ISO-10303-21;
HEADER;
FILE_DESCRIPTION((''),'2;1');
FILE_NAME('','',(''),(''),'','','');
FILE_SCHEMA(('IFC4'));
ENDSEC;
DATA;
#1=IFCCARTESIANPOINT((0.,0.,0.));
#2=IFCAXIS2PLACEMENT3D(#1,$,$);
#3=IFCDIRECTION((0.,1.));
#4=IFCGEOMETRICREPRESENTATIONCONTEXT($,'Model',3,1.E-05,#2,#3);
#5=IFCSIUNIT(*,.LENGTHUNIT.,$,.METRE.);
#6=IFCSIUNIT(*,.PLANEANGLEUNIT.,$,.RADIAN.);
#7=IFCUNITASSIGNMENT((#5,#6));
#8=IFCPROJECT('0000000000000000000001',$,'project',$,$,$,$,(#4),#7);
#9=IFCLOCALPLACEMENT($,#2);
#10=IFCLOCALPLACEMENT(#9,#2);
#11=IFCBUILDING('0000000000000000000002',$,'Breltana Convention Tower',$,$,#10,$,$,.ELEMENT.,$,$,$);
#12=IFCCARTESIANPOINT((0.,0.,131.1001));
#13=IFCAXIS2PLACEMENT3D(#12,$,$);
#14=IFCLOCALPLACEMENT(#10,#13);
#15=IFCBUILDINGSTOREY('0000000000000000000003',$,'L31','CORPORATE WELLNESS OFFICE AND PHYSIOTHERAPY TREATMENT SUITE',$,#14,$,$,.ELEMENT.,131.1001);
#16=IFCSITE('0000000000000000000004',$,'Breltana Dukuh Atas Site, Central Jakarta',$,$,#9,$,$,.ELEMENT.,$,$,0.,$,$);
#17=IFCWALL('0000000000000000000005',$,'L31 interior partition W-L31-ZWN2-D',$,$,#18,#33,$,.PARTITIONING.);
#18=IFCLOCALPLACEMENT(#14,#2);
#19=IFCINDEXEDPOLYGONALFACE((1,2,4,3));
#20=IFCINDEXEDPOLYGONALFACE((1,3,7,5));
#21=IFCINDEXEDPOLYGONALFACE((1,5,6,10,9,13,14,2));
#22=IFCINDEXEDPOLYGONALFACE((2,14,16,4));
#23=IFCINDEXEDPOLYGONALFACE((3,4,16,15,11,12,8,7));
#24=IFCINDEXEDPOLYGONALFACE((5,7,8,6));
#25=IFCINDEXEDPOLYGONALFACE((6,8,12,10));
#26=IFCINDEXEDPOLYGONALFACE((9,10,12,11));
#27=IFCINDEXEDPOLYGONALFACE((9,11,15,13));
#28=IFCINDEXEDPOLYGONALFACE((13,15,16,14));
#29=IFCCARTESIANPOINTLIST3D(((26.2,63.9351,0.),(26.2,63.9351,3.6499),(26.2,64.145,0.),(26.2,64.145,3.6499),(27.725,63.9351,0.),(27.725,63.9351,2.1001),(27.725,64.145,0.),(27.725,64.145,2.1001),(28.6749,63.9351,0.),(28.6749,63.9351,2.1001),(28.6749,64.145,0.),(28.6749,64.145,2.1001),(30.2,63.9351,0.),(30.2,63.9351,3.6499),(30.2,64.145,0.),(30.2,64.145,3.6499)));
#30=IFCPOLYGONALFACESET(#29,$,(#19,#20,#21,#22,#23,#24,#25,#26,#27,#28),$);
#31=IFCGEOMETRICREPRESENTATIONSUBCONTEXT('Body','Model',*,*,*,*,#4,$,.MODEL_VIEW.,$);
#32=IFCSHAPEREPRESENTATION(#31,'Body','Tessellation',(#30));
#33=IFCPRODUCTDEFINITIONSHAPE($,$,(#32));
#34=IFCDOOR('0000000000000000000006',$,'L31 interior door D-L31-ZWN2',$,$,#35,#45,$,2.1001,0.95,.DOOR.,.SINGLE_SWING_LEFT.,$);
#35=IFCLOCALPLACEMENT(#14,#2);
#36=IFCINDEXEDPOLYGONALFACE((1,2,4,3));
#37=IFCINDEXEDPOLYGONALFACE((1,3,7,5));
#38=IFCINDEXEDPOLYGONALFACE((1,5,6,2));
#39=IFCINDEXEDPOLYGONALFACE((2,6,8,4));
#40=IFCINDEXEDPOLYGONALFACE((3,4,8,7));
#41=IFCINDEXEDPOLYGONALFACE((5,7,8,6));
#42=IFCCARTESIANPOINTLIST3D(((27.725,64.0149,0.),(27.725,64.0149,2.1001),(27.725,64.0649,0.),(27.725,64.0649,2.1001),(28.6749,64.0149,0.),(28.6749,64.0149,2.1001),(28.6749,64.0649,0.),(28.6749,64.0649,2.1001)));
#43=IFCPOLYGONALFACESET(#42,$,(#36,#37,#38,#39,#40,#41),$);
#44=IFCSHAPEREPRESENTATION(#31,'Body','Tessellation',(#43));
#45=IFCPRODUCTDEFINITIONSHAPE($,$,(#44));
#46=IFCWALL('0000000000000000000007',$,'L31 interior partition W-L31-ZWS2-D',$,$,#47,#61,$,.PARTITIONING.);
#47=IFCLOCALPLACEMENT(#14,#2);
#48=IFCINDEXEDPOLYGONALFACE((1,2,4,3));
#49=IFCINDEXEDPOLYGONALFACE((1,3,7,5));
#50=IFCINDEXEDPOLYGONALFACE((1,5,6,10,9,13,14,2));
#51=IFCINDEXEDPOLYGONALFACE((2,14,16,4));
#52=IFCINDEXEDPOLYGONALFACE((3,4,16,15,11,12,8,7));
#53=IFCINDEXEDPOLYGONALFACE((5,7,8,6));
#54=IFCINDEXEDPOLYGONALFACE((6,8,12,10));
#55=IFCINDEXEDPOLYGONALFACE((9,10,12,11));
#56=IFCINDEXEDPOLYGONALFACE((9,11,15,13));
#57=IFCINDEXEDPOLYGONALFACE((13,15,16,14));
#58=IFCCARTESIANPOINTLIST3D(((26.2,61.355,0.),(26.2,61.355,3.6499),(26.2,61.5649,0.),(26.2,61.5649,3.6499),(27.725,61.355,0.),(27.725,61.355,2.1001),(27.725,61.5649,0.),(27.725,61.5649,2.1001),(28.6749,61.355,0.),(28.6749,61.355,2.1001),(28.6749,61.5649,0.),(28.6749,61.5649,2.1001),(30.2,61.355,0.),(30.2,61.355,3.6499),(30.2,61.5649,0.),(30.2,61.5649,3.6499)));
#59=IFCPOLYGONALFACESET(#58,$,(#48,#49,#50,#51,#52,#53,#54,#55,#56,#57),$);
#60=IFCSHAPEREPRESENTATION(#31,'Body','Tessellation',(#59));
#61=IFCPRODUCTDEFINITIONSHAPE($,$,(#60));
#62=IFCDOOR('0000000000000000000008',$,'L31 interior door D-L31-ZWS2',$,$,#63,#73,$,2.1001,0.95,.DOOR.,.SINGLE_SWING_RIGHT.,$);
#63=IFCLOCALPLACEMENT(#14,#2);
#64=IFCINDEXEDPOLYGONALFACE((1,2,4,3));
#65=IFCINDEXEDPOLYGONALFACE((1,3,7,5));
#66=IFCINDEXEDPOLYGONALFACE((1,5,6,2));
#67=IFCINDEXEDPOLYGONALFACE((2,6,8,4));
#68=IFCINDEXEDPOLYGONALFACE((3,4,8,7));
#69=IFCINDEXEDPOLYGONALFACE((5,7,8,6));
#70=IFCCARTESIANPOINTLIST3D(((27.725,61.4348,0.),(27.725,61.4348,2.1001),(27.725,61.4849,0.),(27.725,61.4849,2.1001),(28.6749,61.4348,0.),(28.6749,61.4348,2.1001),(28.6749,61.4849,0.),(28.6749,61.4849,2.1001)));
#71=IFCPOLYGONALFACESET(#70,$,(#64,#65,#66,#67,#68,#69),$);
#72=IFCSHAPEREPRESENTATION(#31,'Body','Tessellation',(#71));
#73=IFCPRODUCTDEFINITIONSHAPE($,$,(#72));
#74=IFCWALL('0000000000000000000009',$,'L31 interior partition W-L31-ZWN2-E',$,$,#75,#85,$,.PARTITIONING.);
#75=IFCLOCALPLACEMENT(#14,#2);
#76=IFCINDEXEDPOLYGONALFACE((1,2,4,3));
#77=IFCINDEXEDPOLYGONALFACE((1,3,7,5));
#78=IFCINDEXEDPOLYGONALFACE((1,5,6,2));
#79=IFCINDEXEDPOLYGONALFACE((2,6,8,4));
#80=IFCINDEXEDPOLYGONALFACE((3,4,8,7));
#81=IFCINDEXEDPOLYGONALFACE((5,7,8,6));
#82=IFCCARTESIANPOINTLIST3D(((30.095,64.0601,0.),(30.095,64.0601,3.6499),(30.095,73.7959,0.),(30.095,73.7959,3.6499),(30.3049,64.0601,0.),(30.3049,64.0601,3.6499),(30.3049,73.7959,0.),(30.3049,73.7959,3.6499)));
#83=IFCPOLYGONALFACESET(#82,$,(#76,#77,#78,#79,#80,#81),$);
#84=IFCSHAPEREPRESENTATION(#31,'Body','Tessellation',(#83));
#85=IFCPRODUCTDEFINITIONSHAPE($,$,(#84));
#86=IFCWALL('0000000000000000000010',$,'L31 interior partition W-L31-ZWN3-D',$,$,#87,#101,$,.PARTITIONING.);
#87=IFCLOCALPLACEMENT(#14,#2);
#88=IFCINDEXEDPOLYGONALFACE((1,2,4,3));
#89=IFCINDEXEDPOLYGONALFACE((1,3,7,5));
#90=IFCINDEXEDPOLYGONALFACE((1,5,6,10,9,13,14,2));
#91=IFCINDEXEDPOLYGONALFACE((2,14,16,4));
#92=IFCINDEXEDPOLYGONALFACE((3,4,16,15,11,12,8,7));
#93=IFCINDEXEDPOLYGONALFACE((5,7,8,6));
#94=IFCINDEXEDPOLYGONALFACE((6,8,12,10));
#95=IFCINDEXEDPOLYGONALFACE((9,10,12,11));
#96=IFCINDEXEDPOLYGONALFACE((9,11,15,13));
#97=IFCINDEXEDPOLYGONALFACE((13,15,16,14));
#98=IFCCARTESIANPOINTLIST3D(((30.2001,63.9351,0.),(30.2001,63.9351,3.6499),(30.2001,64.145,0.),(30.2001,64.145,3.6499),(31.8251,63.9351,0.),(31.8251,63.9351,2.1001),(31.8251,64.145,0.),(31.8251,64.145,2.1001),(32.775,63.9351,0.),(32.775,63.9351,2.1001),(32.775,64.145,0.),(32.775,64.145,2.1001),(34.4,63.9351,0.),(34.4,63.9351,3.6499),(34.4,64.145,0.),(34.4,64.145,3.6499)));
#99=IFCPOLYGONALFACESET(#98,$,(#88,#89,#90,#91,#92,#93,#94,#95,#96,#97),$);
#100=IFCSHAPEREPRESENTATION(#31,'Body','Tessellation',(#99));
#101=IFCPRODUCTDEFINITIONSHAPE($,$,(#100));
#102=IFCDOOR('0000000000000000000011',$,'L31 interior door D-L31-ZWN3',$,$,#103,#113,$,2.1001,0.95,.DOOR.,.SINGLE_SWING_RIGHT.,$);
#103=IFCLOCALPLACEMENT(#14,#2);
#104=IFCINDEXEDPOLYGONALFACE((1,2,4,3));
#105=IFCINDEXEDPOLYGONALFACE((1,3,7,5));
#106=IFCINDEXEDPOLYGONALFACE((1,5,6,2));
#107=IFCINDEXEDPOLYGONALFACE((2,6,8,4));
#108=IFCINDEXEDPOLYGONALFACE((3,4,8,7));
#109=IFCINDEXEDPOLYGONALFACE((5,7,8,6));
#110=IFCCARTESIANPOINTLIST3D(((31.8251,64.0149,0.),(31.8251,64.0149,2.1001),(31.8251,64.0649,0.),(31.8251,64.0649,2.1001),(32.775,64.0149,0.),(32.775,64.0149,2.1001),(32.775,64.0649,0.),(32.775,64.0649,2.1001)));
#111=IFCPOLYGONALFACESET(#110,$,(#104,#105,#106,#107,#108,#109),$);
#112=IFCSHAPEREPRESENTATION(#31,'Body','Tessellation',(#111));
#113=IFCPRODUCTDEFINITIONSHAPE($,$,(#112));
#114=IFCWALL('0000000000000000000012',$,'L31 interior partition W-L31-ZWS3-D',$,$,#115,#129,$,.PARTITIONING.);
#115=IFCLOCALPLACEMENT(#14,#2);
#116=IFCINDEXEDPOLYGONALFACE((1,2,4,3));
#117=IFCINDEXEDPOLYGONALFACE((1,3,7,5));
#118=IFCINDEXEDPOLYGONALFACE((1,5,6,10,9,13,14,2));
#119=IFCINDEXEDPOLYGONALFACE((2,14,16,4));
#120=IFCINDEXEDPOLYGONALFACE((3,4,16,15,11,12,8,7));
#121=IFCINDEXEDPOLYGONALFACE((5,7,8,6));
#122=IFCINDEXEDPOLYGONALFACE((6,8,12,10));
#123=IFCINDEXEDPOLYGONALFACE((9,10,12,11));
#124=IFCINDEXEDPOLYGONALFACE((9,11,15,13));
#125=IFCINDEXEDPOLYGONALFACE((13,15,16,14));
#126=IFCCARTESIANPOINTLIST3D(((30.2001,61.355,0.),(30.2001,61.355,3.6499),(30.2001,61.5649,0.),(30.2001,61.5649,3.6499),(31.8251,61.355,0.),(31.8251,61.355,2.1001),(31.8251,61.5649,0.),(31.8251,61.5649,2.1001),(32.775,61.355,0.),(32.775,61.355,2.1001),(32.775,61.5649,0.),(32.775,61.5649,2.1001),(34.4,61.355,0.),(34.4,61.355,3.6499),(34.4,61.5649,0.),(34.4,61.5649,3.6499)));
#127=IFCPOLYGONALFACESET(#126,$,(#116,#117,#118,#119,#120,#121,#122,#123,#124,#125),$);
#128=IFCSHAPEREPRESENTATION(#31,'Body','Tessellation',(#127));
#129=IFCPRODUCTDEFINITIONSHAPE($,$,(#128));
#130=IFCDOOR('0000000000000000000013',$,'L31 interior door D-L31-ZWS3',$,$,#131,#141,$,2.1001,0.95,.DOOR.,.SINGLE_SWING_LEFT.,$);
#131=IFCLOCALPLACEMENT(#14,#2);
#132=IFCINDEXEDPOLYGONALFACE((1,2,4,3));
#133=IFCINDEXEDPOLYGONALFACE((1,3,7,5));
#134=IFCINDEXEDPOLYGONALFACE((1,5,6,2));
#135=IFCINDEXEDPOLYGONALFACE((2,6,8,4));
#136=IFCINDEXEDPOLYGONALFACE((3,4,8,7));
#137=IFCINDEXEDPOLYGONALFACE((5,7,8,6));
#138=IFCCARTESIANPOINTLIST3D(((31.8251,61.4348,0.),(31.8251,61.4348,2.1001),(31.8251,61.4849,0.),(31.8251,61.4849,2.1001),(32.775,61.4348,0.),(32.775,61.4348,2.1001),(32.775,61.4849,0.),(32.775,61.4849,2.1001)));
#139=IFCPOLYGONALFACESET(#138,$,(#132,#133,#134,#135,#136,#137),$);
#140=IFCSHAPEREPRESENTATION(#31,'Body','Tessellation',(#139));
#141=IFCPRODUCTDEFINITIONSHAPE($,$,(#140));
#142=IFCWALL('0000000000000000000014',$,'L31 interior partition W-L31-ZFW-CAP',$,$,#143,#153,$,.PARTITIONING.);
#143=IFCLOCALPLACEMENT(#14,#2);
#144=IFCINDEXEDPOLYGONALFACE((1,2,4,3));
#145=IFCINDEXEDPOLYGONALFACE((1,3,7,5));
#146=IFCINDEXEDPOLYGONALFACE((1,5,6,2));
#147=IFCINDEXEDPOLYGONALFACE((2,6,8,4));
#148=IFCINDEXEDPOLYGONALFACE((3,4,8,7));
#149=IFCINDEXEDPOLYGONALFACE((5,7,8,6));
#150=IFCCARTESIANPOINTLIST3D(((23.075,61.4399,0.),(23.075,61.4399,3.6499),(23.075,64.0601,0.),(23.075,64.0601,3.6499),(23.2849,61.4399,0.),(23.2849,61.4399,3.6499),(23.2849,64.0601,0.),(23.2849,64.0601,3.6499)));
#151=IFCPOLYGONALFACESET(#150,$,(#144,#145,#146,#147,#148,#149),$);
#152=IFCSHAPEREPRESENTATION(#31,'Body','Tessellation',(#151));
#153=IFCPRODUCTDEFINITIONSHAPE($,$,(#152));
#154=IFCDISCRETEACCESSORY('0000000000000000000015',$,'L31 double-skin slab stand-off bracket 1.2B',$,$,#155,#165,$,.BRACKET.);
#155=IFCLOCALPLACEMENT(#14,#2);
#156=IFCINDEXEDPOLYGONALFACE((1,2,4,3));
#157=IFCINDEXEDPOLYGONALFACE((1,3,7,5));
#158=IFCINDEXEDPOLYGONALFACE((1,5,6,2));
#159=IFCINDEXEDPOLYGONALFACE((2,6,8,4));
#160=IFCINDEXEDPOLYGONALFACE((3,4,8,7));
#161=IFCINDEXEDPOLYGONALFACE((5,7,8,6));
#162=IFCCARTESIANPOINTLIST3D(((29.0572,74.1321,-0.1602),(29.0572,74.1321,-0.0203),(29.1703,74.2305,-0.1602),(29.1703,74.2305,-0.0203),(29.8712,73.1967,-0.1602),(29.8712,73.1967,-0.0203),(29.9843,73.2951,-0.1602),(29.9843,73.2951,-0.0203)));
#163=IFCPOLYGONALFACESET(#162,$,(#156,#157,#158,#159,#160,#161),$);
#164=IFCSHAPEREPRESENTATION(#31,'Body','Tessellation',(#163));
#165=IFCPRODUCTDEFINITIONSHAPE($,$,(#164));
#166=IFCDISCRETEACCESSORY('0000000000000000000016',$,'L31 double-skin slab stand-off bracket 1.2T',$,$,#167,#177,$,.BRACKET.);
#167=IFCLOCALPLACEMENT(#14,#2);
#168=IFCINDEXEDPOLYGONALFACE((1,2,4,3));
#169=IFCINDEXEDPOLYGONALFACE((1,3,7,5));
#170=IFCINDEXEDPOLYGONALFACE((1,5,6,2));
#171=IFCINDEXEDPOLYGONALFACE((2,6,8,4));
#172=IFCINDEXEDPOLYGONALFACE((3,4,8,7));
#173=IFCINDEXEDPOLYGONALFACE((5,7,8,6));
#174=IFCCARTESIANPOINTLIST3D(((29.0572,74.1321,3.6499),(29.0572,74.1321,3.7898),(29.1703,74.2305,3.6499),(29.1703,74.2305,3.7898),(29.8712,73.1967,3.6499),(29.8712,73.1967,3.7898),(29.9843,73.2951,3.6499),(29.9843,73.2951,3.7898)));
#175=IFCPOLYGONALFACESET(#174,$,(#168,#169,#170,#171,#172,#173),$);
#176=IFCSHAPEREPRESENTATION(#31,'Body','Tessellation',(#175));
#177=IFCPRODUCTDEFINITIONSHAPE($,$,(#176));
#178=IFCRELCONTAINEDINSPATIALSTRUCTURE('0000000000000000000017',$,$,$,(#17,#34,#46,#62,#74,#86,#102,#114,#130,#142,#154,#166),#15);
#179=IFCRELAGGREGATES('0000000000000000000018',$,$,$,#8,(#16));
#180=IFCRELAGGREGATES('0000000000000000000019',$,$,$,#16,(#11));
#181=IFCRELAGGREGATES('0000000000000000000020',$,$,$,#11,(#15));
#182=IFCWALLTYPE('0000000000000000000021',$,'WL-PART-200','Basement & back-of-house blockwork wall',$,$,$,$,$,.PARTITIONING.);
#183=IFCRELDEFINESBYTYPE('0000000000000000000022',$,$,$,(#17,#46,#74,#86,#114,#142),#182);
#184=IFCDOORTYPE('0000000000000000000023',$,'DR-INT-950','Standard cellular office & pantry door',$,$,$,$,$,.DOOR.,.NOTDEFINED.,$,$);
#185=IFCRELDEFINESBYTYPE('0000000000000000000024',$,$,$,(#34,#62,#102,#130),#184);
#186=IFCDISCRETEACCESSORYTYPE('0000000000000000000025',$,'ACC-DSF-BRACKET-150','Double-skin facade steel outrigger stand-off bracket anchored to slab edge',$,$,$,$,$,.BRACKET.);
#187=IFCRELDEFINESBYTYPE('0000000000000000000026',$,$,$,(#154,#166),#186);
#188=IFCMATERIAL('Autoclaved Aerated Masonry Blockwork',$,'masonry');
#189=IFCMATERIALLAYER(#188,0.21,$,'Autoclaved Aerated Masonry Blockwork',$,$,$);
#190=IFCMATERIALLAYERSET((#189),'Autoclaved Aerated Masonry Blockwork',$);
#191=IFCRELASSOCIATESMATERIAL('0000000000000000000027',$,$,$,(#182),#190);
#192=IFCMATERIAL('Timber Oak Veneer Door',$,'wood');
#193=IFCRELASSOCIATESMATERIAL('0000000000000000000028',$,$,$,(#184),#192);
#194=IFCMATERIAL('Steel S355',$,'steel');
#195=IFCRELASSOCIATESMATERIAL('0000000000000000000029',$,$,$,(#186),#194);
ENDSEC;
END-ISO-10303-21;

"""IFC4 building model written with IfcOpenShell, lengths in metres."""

from ifc_helpers import new_model, si_unit, direction, frame, frame_2d, origin, origin_2d, place, context, subcontext, project, spatial, rectangle, extrude, source, transform, mapped, material, layer, layer_set, type_object, type_shapes, element, fill, save


model = new_model("IFC4")

# Units and contexts
model_context = context("Model", 3, precision=1e-05, world=origin(), true_north=direction((0.0, 1.0)))
body_context = subcontext(model_context, "Body", "Model", "MODEL_VIEW")
ifc_project = project(units=[si_unit("LENGTHUNIT", "METRE"), si_unit("PLANEANGLEUNIT", "RADIAN")], contexts=[model_context])

# Site, building, storey
site_placement = place(None, origin())
site = spatial("IfcSite", under=ifc_project, at=site_placement, Name="Breltana Dukuh Atas Site, Central Jakarta", CompositionType="ELEMENT", RefElevation=0.0)
building_placement = place(site_placement, origin())
building = spatial("IfcBuilding", under=site, at=building_placement, Name="Breltana Convention Tower", CompositionType="ELEMENT")
storey_placement = place(building_placement, frame((0.0, 0.0, 131.1001)))
storey = spatial("IfcBuildingStorey", under=building, at=storey_placement, Name="L31", Description="CORPORATE WELLNESS OFFICE AND PHYSIOTHERAPY TREATMENT SUITE", CompositionType="ELEMENT", Elevation=131.1001)

# Shared definitions
ifc_material_1 = material(Name="Autoclaved Aerated Masonry Blockwork", Category="masonry")
ifc_layer_1 = layer(ifc_material_1, 0.21, Name="Autoclaved Aerated Masonry Blockwork")
ifc_layer_set_1 = layer_set([ifc_layer_1], Name="Autoclaved Aerated Masonry Blockwork")
wall_type_1 = type_object("IfcWallType", Name="WL-PART-200", Description="Basement & back-of-house blockwork wall", PredefinedType="PARTITIONING", material=ifc_layer_set_1)
ifc_material_2 = material(Name="Timber Oak Veneer Door", Category="wood")
door_type = type_object("IfcDoorType", Name="DR-INT-950", Description="Standard cellular office & pantry door", OperationType="NOTDEFINED", PredefinedType="DOOR", material=ifc_material_2)
shared_shape_1 = source(origin(), body_context, "Body", "SweptSolid", [
    extrude(rectangle(XDim=0.95, YDim=2.1001, at=frame_2d((0.4751, 1.05))), frame((0.0, 0.0249, 0.0), z_axis=(0.0, -1.0, 0.0), x_axis=(1.0, 0.0, 0.0)), (0.0, 0.0, 1.0), 0.05),
])
type_shapes(door_type, [shared_shape_1])

# Walls, openings, doors
shared_shape_2 = source(origin(), body_context, "Body", "SweptSolid", [
    extrude(rectangle(XDim=4.0, YDim=0.21, at=frame_2d((2.0, 0.0))), origin(), (0.0, 0.0, 1.0), 3.6499),
])
wall_1_placement = place(storey_placement, frame((26.2, 64.04, 0.0), z_axis=(0.0, 0.0, 1.0), x_axis=(1.0, 0.0, 0.0)))
wall_1 = element("IfcWall", 1, at=wall_1_placement, inside=storey, type_object=wall_type_1, Name="L31 interior partition W-L31-ZWN2-D", PredefinedType="PARTITIONING", context=body_context, shape_type="MappedRepresentation", body=[
    mapped(shared_shape_2, transform((0.0, 0.0, 0.0), scale=1.0)),
])
opening_1_placement = place(wall_1_placement, frame((1.5249, 0.0, 0.0)))
opening_1 = element("IfcOpeningElement", 2, at=opening_1_placement, cuts=wall_1, PredefinedType="OPENING", context=body_context, shape_type="SweptSolid", body=[
    extrude(rectangle(XDim=0.95, YDim=2.1001, at=frame_2d((0.4751, 1.05))), frame((0.0, 0.115, 0.0), z_axis=(0.0, -1.0, 0.0), x_axis=(1.0, 0.0, 0.0)), (0.0, 0.0, 1.0), 0.23),
])
door_1_placement = place(opening_1_placement, origin())
door_1 = element("IfcDoor", 3, at=door_1_placement, inside=storey, type_object=door_type, Name="L31 interior door D-L31-ZWN2", OperationType="SINGLE_SWING_LEFT", OverallHeight=2.1001, OverallWidth=0.95, PredefinedType="DOOR", context=body_context, shape_type="MappedRepresentation", body=[
    mapped(shared_shape_1, transform((0.0, 0.0, 0.0), scale=1.0)),
])
fill(opening_1, door_1)
wall_2_placement = place(storey_placement, frame((26.2, 61.46, 0.0), z_axis=(0.0, 0.0, 1.0), x_axis=(1.0, 0.0, 0.0)))
wall_2 = element("IfcWall", 4, at=wall_2_placement, inside=storey, type_object=wall_type_1, Name="L31 interior partition W-L31-ZWS2-D", PredefinedType="PARTITIONING", context=body_context, shape_type="MappedRepresentation", body=[
    mapped(shared_shape_2, transform((0.0, 0.0, 0.0), scale=1.0)),
])
opening_2_placement = place(wall_2_placement, frame((1.5249, 0.0, 0.0)))
opening_2 = element("IfcOpeningElement", 5, at=opening_2_placement, cuts=wall_2, PredefinedType="OPENING", context=body_context, shape_type="SweptSolid", body=[
    extrude(rectangle(XDim=0.95, YDim=2.1001, at=frame_2d((0.4751, 1.05))), frame((0.0, 0.115, 0.0), z_axis=(0.0, -1.0, 0.0), x_axis=(1.0, 0.0, 0.0)), (0.0, 0.0, 1.0), 0.23),
])
door_2_placement = place(opening_2_placement, origin())
door_2 = element("IfcDoor", 6, at=door_2_placement, inside=storey, type_object=door_type, Name="L31 interior door D-L31-ZWS2", OperationType="SINGLE_SWING_RIGHT", OverallHeight=2.1001, OverallWidth=0.95, PredefinedType="DOOR", context=body_context, shape_type="MappedRepresentation", body=[
    mapped(shared_shape_1, transform((0.0, 0.0, 0.0), scale=1.0)),
])
fill(opening_2, door_2)

# Wall
shared_shape_3 = source(origin(), body_context, "Body", "SweptSolid", [
    extrude(rectangle(XDim=9.7358, YDim=0.21, at=frame_2d((4.8679, 0.0))), origin(), (0.0, 0.0, 1.0), 3.6499),
])
wall_3_placement = place(storey_placement, frame((30.2, 64.0601, 0.0), z_axis=(0.0, 0.0, 1.0), x_axis=(0.0, 1.0, 0.0)))
element("IfcWall", 7, at=wall_3_placement, inside=storey, type_object=wall_type_1, Name="L31 interior partition W-L31-ZWN2-E", PredefinedType="PARTITIONING", context=body_context, shape_type="MappedRepresentation", body=[
    mapped(shared_shape_3, transform((0.0, 0.0, 0.0), scale=1.0)),
])

# Walls, openings, doors
shared_shape_4 = source(origin(), body_context, "Body", "SweptSolid", [
    extrude(rectangle(XDim=4.2, YDim=0.21, at=frame_2d((2.1001, 0.0))), origin(), (0.0, 0.0, 1.0), 3.6499),
])
wall_4_placement = place(storey_placement, frame((30.2, 64.04, 0.0), z_axis=(0.0, 0.0, 1.0), x_axis=(1.0, 0.0, 0.0)))
wall_4 = element("IfcWall", 8, at=wall_4_placement, inside=storey, type_object=wall_type_1, Name="L31 interior partition W-L31-ZWN3-D", PredefinedType="PARTITIONING", context=body_context, shape_type="MappedRepresentation", body=[
    mapped(shared_shape_4, transform((0.0, 0.0, 0.0), scale=1.0)),
])
opening_3_placement = place(wall_4_placement, frame((1.625, 0.0, 0.0)))
opening_3 = element("IfcOpeningElement", 9, at=opening_3_placement, cuts=wall_4, PredefinedType="OPENING", context=body_context, shape_type="SweptSolid", body=[
    extrude(rectangle(XDim=0.95, YDim=2.1001, at=frame_2d((0.4751, 1.05))), frame((0.0, 0.115, 0.0), z_axis=(0.0, -1.0, 0.0), x_axis=(1.0, 0.0, 0.0)), (0.0, 0.0, 1.0), 0.23),
])
door_3_placement = place(opening_3_placement, origin())
door_3 = element("IfcDoor", 10, at=door_3_placement, inside=storey, type_object=door_type, Name="L31 interior door D-L31-ZWN3", OperationType="SINGLE_SWING_RIGHT", OverallHeight=2.1001, OverallWidth=0.95, PredefinedType="DOOR", context=body_context, shape_type="MappedRepresentation", body=[
    mapped(shared_shape_1, transform((0.0, 0.0, 0.0), scale=1.0)),
])
fill(opening_3, door_3)
wall_5_placement = place(storey_placement, frame((30.2, 61.46, 0.0), z_axis=(0.0, 0.0, 1.0), x_axis=(1.0, 0.0, 0.0)))
wall_5 = element("IfcWall", 11, at=wall_5_placement, inside=storey, type_object=wall_type_1, Name="L31 interior partition W-L31-ZWS3-D", PredefinedType="PARTITIONING", context=body_context, shape_type="MappedRepresentation", body=[
    mapped(shared_shape_4, transform((0.0, 0.0, 0.0), scale=1.0)),
])
opening_4_placement = place(wall_5_placement, frame((1.625, 0.0, 0.0)))
opening_4 = element("IfcOpeningElement", 12, at=opening_4_placement, cuts=wall_5, PredefinedType="OPENING", context=body_context, shape_type="SweptSolid", body=[
    extrude(rectangle(XDim=0.95, YDim=2.1001, at=frame_2d((0.4751, 1.05))), frame((0.0, 0.115, 0.0), z_axis=(0.0, -1.0, 0.0), x_axis=(1.0, 0.0, 0.0)), (0.0, 0.0, 1.0), 0.23),
])
door_4_placement = place(opening_4_placement, origin())
door_4 = element("IfcDoor", 13, at=door_4_placement, inside=storey, type_object=door_type, Name="L31 interior door D-L31-ZWS3", OperationType="SINGLE_SWING_LEFT", OverallHeight=2.1001, OverallWidth=0.95, PredefinedType="DOOR", context=body_context, shape_type="MappedRepresentation", body=[
    mapped(shared_shape_1, transform((0.0, 0.0, 0.0), scale=1.0)),
])
fill(opening_4, door_4)

# Wall
shared_shape_5 = source(origin(), body_context, "Body", "SweptSolid", [
    extrude(rectangle(XDim=2.6201, YDim=0.21, at=frame_2d((1.3101, 0.0))), origin(), (0.0, 0.0, 1.0), 3.6499),
])
wall_6_placement = place(storey_placement, frame((23.1799, 61.4399, 0.0), z_axis=(0.0, 0.0, 1.0), x_axis=(0.0, 1.0, 0.0)))
element("IfcWall", 14, at=wall_6_placement, inside=storey, type_object=wall_type_1, Name="L31 interior partition W-L31-ZFW-CAP", PredefinedType="PARTITIONING", context=body_context, shape_type="MappedRepresentation", body=[
    mapped(shared_shape_5, transform((0.0, 0.0, 0.0), scale=1.0)),
])

# Discrete accessories
ifc_material_3 = material(Name="Steel S355", Category="steel")
discrete_accessory_type_1 = type_object("IfcDiscreteAccessoryType", Name="ACC-DSF-BRACKET-150", Description="Double-skin facade steel outrigger stand-off bracket anchored to slab edge", PredefinedType="BRACKET", material=ifc_material_3)
shared_shape_6 = source(origin(), body_context, "Body", "SweptSolid", [
    extrude(rectangle(XDim=1.24, YDim=0.1499, at=origin_2d()), origin(), (0.0, 0.0, 1.0), 0.1399),
])
type_shapes(discrete_accessory_type_1, [shared_shape_6])
for number, where, z_axis, x_axis, name in (
    (15, (29.5208, 73.7136, -0.1602), (0.0, 0.0, 1.0), (-0.656454, 0.754366, 0.0), "L31 double-skin slab stand-off bracket 1.2B"),
    (16, (29.5208, 73.7136, 3.6499), (0.0, 0.0, 1.0), (-0.656454, 0.754366, 0.0), "L31 double-skin slab stand-off bracket 1.2T"),
):
    element("IfcDiscreteAccessory", number, at=place(storey_placement, frame(where, z_axis=z_axis, x_axis=x_axis)), inside=storey, type_object=discrete_accessory_type_1, Name=name, PredefinedType="BRACKET", context=body_context, shape_type="MappedRepresentation", body=[
        mapped(shared_shape_6, transform((0.0, 0.0, 0.0), scale=1.0)),
    ])

save(model, "model.ifc")
